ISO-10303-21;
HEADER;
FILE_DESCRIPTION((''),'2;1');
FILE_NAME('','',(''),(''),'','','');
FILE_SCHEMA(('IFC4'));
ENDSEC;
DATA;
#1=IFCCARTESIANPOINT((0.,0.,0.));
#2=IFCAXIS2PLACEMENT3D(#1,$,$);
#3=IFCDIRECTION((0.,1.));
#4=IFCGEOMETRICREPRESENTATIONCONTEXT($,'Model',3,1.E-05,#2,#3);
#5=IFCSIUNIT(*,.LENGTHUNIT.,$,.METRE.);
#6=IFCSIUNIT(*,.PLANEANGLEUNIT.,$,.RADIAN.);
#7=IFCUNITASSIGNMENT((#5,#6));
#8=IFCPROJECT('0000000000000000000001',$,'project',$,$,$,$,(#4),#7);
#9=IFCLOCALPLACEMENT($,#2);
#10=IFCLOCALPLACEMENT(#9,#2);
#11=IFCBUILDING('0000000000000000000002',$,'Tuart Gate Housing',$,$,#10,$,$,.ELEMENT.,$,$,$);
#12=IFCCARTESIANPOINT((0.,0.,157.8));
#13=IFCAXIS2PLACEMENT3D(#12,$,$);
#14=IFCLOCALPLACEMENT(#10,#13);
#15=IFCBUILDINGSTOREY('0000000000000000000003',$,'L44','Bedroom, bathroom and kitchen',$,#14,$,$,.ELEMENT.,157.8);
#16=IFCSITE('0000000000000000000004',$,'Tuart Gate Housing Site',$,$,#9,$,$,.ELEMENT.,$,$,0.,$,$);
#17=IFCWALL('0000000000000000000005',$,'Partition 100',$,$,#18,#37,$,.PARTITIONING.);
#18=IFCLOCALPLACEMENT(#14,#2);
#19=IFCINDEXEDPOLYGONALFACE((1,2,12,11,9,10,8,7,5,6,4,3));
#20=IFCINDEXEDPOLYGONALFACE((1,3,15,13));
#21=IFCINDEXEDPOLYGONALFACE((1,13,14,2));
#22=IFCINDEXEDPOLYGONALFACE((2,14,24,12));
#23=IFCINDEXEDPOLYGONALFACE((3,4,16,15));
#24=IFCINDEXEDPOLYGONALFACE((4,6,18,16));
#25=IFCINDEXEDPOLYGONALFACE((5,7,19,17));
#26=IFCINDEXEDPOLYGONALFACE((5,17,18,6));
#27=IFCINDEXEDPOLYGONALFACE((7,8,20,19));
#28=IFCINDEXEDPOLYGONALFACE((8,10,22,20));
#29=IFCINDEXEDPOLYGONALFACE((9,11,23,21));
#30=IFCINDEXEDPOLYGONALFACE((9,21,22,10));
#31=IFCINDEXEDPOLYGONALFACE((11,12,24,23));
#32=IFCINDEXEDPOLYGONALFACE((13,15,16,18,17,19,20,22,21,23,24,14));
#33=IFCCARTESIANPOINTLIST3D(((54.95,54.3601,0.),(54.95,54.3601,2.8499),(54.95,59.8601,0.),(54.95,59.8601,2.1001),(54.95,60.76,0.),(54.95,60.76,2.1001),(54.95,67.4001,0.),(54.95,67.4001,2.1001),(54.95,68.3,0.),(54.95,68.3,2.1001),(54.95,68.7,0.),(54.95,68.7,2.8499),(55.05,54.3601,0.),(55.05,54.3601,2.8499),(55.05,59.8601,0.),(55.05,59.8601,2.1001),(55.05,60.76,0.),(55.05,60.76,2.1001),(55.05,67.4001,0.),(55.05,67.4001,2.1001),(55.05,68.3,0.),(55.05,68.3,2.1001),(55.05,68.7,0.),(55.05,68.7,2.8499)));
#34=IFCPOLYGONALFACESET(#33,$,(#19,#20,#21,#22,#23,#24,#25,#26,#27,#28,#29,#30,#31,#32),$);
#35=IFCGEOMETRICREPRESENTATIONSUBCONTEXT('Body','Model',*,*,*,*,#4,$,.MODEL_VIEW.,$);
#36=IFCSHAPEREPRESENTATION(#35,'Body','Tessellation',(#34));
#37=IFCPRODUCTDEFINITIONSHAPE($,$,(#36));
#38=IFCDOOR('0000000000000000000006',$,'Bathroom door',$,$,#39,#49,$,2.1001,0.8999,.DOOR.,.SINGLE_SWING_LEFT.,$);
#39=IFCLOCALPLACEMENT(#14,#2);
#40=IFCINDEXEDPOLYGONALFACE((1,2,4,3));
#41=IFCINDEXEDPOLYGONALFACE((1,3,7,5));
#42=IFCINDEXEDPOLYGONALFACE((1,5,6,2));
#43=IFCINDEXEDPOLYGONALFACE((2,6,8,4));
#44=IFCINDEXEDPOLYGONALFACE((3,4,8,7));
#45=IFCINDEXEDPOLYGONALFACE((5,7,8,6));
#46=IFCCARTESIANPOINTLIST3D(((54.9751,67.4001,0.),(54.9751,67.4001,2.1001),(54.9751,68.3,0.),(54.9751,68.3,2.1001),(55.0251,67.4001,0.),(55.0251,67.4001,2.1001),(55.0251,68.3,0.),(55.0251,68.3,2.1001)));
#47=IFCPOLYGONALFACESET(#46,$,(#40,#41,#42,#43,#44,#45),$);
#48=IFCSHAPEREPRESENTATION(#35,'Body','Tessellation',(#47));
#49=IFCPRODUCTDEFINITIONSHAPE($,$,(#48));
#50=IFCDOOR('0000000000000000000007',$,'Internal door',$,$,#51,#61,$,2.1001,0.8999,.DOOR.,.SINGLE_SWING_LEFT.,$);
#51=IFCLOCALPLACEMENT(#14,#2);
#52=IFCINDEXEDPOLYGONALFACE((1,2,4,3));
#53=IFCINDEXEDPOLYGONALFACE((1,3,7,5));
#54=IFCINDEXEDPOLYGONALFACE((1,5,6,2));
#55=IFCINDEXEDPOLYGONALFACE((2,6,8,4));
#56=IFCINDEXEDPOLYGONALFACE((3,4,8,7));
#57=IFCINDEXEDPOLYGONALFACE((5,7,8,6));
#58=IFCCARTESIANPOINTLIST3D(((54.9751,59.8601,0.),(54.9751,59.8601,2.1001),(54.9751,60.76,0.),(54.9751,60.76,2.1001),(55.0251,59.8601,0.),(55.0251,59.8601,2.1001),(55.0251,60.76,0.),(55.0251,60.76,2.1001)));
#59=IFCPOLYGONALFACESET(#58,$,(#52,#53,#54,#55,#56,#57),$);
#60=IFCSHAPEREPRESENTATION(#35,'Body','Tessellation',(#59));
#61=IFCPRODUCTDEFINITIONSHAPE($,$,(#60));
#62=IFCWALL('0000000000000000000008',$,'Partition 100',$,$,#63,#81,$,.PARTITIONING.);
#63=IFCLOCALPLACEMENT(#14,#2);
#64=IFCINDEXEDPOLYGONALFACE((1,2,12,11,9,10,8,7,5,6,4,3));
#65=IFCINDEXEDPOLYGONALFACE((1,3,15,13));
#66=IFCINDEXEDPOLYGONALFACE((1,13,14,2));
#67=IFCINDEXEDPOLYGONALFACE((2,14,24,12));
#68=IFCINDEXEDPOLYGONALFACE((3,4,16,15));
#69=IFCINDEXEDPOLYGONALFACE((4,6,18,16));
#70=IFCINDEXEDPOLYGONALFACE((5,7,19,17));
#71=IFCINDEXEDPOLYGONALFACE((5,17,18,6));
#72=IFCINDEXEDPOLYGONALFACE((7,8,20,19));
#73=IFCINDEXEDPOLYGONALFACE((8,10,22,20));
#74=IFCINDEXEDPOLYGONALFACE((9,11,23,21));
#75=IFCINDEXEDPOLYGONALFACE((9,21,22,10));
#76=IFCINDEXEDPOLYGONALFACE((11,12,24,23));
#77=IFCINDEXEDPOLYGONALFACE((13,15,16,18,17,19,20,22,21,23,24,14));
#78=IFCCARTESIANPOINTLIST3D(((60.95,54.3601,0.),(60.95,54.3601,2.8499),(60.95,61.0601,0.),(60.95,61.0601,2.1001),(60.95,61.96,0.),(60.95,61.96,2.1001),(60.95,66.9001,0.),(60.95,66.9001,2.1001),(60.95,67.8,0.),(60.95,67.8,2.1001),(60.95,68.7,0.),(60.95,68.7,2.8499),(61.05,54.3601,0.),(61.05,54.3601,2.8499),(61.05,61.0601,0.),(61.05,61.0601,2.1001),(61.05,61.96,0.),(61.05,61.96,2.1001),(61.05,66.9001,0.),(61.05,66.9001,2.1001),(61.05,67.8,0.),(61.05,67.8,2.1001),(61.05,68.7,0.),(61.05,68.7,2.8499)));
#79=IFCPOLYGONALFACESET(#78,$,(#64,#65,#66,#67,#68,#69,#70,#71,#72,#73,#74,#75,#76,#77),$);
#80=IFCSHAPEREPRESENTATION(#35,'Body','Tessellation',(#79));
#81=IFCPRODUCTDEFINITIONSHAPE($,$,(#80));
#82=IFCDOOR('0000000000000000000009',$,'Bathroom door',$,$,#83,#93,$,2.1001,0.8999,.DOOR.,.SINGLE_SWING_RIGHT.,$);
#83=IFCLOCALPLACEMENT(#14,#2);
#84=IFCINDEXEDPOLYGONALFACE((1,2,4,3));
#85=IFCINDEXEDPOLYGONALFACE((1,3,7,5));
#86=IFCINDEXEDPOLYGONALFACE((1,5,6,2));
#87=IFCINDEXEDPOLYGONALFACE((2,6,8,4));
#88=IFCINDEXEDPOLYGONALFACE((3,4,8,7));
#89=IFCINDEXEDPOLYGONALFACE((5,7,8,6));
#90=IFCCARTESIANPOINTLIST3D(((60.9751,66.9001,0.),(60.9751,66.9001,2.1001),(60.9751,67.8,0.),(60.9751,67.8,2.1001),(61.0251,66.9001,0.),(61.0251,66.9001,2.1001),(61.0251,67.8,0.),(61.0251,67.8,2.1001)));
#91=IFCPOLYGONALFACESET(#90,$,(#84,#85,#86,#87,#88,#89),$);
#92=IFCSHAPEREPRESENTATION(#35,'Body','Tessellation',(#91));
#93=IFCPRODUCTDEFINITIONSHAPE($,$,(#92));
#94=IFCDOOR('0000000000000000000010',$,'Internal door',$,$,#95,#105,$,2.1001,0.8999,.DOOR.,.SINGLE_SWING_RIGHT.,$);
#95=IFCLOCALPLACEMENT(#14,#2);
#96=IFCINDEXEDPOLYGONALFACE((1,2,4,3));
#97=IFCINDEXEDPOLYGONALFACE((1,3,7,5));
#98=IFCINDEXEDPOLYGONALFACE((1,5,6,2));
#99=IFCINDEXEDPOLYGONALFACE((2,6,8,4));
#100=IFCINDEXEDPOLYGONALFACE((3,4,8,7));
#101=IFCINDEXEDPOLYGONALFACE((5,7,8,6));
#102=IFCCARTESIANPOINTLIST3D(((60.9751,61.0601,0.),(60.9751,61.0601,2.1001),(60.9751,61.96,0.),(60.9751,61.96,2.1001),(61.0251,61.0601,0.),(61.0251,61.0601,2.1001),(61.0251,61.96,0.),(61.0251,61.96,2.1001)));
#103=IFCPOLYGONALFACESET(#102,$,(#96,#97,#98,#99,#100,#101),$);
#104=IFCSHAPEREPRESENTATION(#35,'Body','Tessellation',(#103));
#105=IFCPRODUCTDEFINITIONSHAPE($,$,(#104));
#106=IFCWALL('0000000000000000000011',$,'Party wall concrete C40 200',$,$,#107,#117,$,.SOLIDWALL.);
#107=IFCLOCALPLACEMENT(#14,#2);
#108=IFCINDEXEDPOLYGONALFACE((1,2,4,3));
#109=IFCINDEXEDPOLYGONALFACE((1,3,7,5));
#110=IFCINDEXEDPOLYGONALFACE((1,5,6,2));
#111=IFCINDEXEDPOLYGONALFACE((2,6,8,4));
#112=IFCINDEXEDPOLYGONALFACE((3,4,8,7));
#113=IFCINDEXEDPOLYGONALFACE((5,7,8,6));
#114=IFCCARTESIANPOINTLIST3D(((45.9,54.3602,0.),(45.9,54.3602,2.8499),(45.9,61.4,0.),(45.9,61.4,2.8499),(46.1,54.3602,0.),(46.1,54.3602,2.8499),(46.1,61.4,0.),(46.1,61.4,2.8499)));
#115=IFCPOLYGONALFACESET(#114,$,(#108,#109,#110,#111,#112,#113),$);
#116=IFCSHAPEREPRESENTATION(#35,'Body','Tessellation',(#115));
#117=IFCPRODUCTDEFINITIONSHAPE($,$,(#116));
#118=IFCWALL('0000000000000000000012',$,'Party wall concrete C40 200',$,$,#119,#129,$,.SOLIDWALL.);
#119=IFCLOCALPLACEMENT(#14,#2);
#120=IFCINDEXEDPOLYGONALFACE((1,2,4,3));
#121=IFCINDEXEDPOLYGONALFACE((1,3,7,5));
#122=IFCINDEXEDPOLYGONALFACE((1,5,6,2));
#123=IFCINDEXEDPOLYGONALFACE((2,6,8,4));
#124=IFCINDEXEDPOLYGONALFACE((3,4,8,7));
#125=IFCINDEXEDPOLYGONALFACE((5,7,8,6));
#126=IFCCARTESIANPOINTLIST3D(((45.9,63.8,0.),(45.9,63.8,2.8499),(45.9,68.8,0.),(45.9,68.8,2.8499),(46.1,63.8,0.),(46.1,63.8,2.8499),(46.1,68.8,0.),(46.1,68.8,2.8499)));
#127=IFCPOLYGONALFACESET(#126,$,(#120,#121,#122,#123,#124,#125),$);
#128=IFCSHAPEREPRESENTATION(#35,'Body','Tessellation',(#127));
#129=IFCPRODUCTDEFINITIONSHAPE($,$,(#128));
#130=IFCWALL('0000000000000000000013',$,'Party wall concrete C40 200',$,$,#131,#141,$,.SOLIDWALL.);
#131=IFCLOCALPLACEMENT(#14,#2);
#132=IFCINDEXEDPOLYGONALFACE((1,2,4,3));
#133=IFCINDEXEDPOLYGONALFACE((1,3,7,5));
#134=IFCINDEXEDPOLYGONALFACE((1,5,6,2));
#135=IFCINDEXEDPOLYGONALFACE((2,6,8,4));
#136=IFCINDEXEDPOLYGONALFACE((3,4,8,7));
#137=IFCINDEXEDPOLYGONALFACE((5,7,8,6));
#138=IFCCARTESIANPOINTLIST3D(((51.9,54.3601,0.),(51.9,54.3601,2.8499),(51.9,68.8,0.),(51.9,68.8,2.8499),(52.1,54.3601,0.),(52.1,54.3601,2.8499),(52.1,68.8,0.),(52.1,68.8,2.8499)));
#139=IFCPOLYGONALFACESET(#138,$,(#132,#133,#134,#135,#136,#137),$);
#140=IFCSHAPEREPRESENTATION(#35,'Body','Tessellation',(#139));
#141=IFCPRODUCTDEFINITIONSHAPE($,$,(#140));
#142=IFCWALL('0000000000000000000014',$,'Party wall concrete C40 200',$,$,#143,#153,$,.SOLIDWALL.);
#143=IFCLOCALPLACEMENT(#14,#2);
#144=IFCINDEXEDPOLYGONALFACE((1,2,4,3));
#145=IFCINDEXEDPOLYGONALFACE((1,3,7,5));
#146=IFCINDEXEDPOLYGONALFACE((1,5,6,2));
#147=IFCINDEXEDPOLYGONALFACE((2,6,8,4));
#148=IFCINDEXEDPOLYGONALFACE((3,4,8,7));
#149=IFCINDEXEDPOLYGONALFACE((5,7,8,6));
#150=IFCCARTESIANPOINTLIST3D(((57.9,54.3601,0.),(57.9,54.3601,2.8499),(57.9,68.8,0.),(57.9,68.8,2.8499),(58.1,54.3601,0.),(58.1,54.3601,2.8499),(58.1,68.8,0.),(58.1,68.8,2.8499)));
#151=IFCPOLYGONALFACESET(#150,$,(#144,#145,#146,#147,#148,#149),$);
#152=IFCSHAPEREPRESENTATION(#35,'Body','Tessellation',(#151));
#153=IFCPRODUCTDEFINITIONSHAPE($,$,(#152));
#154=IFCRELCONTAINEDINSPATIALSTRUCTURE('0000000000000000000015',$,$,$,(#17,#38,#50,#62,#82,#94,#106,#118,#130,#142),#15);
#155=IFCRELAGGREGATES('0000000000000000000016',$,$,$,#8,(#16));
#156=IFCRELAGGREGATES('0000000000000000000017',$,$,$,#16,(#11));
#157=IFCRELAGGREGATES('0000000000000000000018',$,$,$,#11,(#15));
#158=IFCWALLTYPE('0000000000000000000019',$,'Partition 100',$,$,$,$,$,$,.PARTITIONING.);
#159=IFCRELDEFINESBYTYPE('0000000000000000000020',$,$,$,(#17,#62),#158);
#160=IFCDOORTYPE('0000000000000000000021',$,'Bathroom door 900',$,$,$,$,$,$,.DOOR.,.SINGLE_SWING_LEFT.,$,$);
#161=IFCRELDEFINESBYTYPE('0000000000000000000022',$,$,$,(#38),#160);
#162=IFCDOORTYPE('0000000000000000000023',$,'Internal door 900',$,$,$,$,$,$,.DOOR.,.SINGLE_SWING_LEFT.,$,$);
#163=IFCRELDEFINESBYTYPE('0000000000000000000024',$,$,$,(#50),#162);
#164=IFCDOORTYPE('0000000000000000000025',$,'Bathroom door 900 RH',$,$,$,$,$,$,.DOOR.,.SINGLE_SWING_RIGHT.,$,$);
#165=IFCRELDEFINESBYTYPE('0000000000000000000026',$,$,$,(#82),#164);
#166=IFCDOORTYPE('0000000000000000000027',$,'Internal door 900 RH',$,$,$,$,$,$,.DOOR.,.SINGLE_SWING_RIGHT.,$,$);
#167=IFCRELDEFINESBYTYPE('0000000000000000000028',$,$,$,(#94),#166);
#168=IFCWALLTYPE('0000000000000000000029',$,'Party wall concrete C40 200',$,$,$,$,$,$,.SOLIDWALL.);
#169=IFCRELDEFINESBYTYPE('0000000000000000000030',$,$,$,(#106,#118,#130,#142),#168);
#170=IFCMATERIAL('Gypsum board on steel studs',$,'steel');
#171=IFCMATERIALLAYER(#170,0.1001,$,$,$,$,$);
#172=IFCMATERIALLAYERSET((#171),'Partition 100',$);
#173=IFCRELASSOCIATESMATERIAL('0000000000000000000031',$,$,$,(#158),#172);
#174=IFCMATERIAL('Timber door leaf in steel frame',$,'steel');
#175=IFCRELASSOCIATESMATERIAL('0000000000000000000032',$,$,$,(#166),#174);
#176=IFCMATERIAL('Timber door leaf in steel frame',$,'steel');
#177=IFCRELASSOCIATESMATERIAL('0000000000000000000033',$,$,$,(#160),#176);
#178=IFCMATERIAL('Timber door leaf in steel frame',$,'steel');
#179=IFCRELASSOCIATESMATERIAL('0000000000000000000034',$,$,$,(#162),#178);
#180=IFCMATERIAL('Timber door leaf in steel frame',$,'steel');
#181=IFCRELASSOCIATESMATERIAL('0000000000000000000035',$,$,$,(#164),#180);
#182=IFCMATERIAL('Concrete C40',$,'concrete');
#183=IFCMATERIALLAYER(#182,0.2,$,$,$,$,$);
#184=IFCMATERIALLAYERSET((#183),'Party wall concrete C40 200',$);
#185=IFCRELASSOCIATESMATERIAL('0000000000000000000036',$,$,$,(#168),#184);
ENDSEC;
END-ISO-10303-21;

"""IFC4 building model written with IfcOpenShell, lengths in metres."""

from ifc_helpers import new_model, si_unit, direction, frame, frame_2d, origin, place, context, subcontext, project, spatial, rectangle, extrude, material, layer, layer_set, type_object, element, fill, save


model = new_model("IFC4")

# Units and contexts
model_context = context("Model", 3, precision=1e-05, world=origin(), true_north=direction((0.0, 1.0)))
body_context = subcontext(model_context, "Body", "Model", "MODEL_VIEW")
ifc_project = project(units=[si_unit("LENGTHUNIT", "METRE"), si_unit("PLANEANGLEUNIT", "RADIAN")], contexts=[model_context])

# Site, building, storey
site_placement = place(None, origin())
site = spatial("IfcSite", under=ifc_project, at=site_placement, Name="Tuart Gate Housing Site", CompositionType="ELEMENT", RefElevation=0.0)
building_placement = place(site_placement, origin())
building = spatial("IfcBuilding", under=site, at=building_placement, Name="Tuart Gate Housing", CompositionType="ELEMENT")
storey_placement = place(building_placement, frame((0.0, 0.0, 157.8)))
storey = spatial("IfcBuildingStorey", under=building, at=storey_placement, Name="L44", Description="Bedroom, bathroom and kitchen", CompositionType="ELEMENT", Elevation=157.8)

# Shared definitions
ifc_material_1 = material(Name="Gypsum board on steel studs", Category="steel")
ifc_layer_1 = layer(ifc_material_1, 0.1001)
ifc_layer_set_1 = layer_set([ifc_layer_1], Name="Partition 100")
wall_type_1 = type_object("IfcWallType", Name="Partition 100", PredefinedType="PARTITIONING", material=ifc_layer_set_1)
ifc_material_2 = material(Name="Timber door leaf in steel frame", Category="steel")
door_type_1 = type_object("IfcDoorType", Name="Internal door 900 RH", OperationType="SINGLE_SWING_RIGHT", PredefinedType="DOOR", material=ifc_material_2)

# Walls, openings, doors
ifc_material_3 = material(Name="Timber door leaf in steel frame", Category="steel")
door_type_2 = type_object("IfcDoorType", Name="Bathroom door 900", OperationType="SINGLE_SWING_LEFT", PredefinedType="DOOR", material=ifc_material_3)
ifc_material_4 = material(Name="Timber door leaf in steel frame", Category="steel")
door_type_3 = type_object("IfcDoorType", Name="Internal door 900", OperationType="SINGLE_SWING_LEFT", PredefinedType="DOOR", material=ifc_material_4)
wall_1_placement = place(storey_placement, frame((55.0, 54.3601, 0.0), z_axis=(0.0, 0.0, 1.0), x_axis=(0.0, 1.0, 0.0)))
wall_1 = element("IfcWall", 1, at=wall_1_placement, inside=storey, type_object=wall_type_1, Name="Partition 100", PredefinedType="PARTITIONING", context=body_context, shape_type="SweptSolid", body=[
    extrude(rectangle(XDim=14.3398, YDim=0.1001, at=frame_2d((7.1699, 0.0))), origin(), (0.0, 0.0, 1.0), 2.8499),
])
opening_1_placement = place(wall_1_placement, frame((5.5, 0.0, 0.0)))
opening_1 = element("IfcOpeningElement", 2, at=opening_1_placement, cuts=wall_1, PredefinedType="OPENING", context=body_context, shape_type="SweptSolid", body=[
    extrude(rectangle(XDim=0.8999, YDim=2.1001, at=frame_2d((0.45, 1.05))), frame((0.0, 0.0601, 0.0), z_axis=(0.0, -1.0, 0.0), x_axis=(1.0, 0.0, 0.0)), (0.0, 0.0, 1.0), 0.1201),
])
opening_2_placement = place(wall_1_placement, frame((13.04, 0.0, 0.0)))
opening_2 = element("IfcOpeningElement", 3, at=opening_2_placement, cuts=wall_1, PredefinedType="OPENING", context=body_context, shape_type="SweptSolid", body=[
    extrude(rectangle(XDim=0.8999, YDim=2.1001, at=frame_2d((0.45, 1.05))), frame((0.0, 0.0601, 0.0), z_axis=(0.0, -1.0, 0.0), x_axis=(1.0, 0.0, 0.0)), (0.0, 0.0, 1.0), 0.1201),
])
door_1_placement = place(opening_2_placement, frame((0.8999, 0.0, 0.0), z_axis=(0.0, 0.0, 1.0), x_axis=(-1.0, 0.0, 0.0)))
door_1 = element("IfcDoor", 4, at=door_1_placement, inside=storey, type_object=door_type_2, Name="Bathroom door", OperationType="SINGLE_SWING_LEFT", OverallHeight=2.1001, OverallWidth=0.8999, PredefinedType="DOOR", context=body_context, shape_type="SweptSolid", body=[
    extrude(rectangle(XDim=0.8999, YDim=2.1001, at=frame_2d((0.45, 1.05))), frame((0.0, 0.0251, 0.0), z_axis=(0.0, -1.0, 0.0), x_axis=(1.0, 0.0, 0.0)), (0.0, 0.0, 1.0), 0.05),
])
fill(opening_2, door_1)
door_2_placement = place(opening_1_placement, frame((0.8999, 0.0, 0.0), z_axis=(0.0, 0.0, 1.0), x_axis=(-1.0, 0.0, 0.0)))
door_2 = element("IfcDoor", 5, at=door_2_placement, inside=storey, type_object=door_type_3, Name="Internal door", OperationType="SINGLE_SWING_LEFT", OverallHeight=2.1001, OverallWidth=0.8999, PredefinedType="DOOR", context=body_context, shape_type="SweptSolid", body=[
    extrude(rectangle(XDim=0.8999, YDim=2.1001, at=frame_2d((0.45, 1.05))), frame((0.0, 0.0251, 0.0), z_axis=(0.0, -1.0, 0.0), x_axis=(1.0, 0.0, 0.0)), (0.0, 0.0, 1.0), 0.05),
])
fill(opening_1, door_2)
wall_2_placement = place(storey_placement, frame((61.0, 54.3601, 0.0), z_axis=(0.0, 0.0, 1.0), x_axis=(0.0, 1.0, 0.0)))
wall_2 = element("IfcWall", 6, at=wall_2_placement, inside=storey, type_object=wall_type_1, Name="Partition 100", PredefinedType="PARTITIONING", context=body_context, shape_type="SweptSolid", body=[
    extrude(rectangle(XDim=14.3398, YDim=0.1001, at=frame_2d((7.1699, 0.0))), origin(), (0.0, 0.0, 1.0), 2.8499),
])
opening_3_placement = place(wall_2_placement, frame((6.7, 0.0, 0.0)))
opening_3 = element("IfcOpeningElement", 7, at=opening_3_placement, cuts=wall_2, PredefinedType="OPENING", context=body_context, shape_type="SweptSolid", body=[
    extrude(rectangle(XDim=0.8999, YDim=2.1001, at=frame_2d((0.45, 1.05))), frame((0.0, 0.0601, 0.0), z_axis=(0.0, -1.0, 0.0), x_axis=(1.0, 0.0, 0.0)), (0.0, 0.0, 1.0), 0.1201),
])
opening_4_placement = place(wall_2_placement, frame((12.54, 0.0, 0.0)))
opening_4 = element("IfcOpeningElement", 8, at=opening_4_placement, cuts=wall_2, PredefinedType="OPENING", context=body_context, shape_type="SweptSolid", body=[
    extrude(rectangle(XDim=0.8999, YDim=2.1001, at=frame_2d((0.45, 1.05))), frame((0.0, 0.0601, 0.0), z_axis=(0.0, -1.0, 0.0), x_axis=(1.0, 0.0, 0.0)), (0.0, 0.0, 1.0), 0.1201),
])
ifc_material_5 = material(Name="Timber door leaf in steel frame", Category="steel")
door_type_4 = type_object("IfcDoorType", Name="Bathroom door 900 RH", OperationType="SINGLE_SWING_RIGHT", PredefinedType="DOOR", material=ifc_material_5)
door_3_placement = place(opening_4_placement, origin())
door_3 = element("IfcDoor", 9, at=door_3_placement, inside=storey, type_object=door_type_4, Name="Bathroom door", OperationType="SINGLE_SWING_RIGHT", OverallHeight=2.1001, OverallWidth=0.8999, PredefinedType="DOOR", context=body_context, shape_type="SweptSolid", body=[
    extrude(rectangle(XDim=0.8999, YDim=2.1001, at=frame_2d((0.45, 1.05))), frame((0.0, 0.0249, 0.0), z_axis=(0.0, -1.0, 0.0), x_axis=(1.0, 0.0, 0.0)), (0.0, 0.0, 1.0), 0.05),
])
fill(opening_4, door_3)
door_4_placement = place(opening_3_placement, origin())
door_4 = element("IfcDoor", 10, at=door_4_placement, inside=storey, type_object=door_type_1, Name="Internal door", OperationType="SINGLE_SWING_RIGHT", OverallHeight=2.1001, OverallWidth=0.8999, PredefinedType="DOOR", context=body_context, shape_type="SweptSolid", body=[
    extrude(rectangle(XDim=0.8999, YDim=2.1001, at=frame_2d((0.45, 1.05))), frame((0.0, 0.0249, 0.0), z_axis=(0.0, -1.0, 0.0), x_axis=(1.0, 0.0, 0.0)), (0.0, 0.0, 1.0), 0.05),
])
fill(opening_3, door_4)

# Walls
ifc_material_6 = material(Name="Concrete C40", Category="concrete")
ifc_layer_2 = layer(ifc_material_6, 0.2)
ifc_layer_set_2 = layer_set([ifc_layer_2], Name="Party wall concrete C40 200")
wall_type_2 = type_object("IfcWallType", Name="Party wall concrete C40 200", PredefinedType="SOLIDWALL", material=ifc_layer_set_2)
wall_3_placement = place(storey_placement, frame((46.0, 54.3601, 0.0), z_axis=(0.0, 0.0, 1.0), x_axis=(0.0, 1.0, 0.0)))
element("IfcWall", 11, at=wall_3_placement, inside=storey, type_object=wall_type_2, Name="Party wall concrete C40 200", PredefinedType="SOLIDWALL", context=body_context, shape_type="SweptSolid", body=[
    extrude(rectangle(XDim=7.0398, YDim=0.2, at=frame_2d((3.52, 0.0))), origin(), (0.0, 0.0, 1.0), 2.8499),
])
wall_4_placement = place(storey_placement, frame((46.0, 63.8, 0.0), z_axis=(0.0, 0.0, 1.0), x_axis=(0.0, 1.0, 0.0)))
element("IfcWall", 12, at=wall_4_placement, inside=storey, type_object=wall_type_2, Name="Party wall concrete C40 200", PredefinedType="SOLIDWALL", context=body_context, shape_type="SweptSolid", body=[
    extrude(rectangle(XDim=5.0, YDim=0.2, at=frame_2d((2.5, 0.0))), origin(), (0.0, 0.0, 1.0), 2.8499),
])
for number, where, z_axis, x_axis, name in (
    (13, (52.0, 54.3601, 0.0), (0.0, 0.0, 1.0), (0.0, 1.0, 0.0), "Party wall concrete C40 200"),
    (14, (58.0, 54.3601, 0.0), (0.0, 0.0, 1.0), (0.0, 1.0, 0.0), "Party wall concrete C40 200"),
):
    element("IfcWall", number, at=place(storey_placement, frame(where, z_axis=z_axis, x_axis=x_axis)), inside=storey, type_object=wall_type_2, Name=name, PredefinedType="SOLIDWALL", context=body_context, shape_type="SweptSolid", body=[
        extrude(rectangle(XDim=14.4399, YDim=0.2, at=frame_2d((7.22, 0.0))), origin(), (0.0, 0.0, 1.0), 2.8499),
    ])

save(model, "model.ifc")
